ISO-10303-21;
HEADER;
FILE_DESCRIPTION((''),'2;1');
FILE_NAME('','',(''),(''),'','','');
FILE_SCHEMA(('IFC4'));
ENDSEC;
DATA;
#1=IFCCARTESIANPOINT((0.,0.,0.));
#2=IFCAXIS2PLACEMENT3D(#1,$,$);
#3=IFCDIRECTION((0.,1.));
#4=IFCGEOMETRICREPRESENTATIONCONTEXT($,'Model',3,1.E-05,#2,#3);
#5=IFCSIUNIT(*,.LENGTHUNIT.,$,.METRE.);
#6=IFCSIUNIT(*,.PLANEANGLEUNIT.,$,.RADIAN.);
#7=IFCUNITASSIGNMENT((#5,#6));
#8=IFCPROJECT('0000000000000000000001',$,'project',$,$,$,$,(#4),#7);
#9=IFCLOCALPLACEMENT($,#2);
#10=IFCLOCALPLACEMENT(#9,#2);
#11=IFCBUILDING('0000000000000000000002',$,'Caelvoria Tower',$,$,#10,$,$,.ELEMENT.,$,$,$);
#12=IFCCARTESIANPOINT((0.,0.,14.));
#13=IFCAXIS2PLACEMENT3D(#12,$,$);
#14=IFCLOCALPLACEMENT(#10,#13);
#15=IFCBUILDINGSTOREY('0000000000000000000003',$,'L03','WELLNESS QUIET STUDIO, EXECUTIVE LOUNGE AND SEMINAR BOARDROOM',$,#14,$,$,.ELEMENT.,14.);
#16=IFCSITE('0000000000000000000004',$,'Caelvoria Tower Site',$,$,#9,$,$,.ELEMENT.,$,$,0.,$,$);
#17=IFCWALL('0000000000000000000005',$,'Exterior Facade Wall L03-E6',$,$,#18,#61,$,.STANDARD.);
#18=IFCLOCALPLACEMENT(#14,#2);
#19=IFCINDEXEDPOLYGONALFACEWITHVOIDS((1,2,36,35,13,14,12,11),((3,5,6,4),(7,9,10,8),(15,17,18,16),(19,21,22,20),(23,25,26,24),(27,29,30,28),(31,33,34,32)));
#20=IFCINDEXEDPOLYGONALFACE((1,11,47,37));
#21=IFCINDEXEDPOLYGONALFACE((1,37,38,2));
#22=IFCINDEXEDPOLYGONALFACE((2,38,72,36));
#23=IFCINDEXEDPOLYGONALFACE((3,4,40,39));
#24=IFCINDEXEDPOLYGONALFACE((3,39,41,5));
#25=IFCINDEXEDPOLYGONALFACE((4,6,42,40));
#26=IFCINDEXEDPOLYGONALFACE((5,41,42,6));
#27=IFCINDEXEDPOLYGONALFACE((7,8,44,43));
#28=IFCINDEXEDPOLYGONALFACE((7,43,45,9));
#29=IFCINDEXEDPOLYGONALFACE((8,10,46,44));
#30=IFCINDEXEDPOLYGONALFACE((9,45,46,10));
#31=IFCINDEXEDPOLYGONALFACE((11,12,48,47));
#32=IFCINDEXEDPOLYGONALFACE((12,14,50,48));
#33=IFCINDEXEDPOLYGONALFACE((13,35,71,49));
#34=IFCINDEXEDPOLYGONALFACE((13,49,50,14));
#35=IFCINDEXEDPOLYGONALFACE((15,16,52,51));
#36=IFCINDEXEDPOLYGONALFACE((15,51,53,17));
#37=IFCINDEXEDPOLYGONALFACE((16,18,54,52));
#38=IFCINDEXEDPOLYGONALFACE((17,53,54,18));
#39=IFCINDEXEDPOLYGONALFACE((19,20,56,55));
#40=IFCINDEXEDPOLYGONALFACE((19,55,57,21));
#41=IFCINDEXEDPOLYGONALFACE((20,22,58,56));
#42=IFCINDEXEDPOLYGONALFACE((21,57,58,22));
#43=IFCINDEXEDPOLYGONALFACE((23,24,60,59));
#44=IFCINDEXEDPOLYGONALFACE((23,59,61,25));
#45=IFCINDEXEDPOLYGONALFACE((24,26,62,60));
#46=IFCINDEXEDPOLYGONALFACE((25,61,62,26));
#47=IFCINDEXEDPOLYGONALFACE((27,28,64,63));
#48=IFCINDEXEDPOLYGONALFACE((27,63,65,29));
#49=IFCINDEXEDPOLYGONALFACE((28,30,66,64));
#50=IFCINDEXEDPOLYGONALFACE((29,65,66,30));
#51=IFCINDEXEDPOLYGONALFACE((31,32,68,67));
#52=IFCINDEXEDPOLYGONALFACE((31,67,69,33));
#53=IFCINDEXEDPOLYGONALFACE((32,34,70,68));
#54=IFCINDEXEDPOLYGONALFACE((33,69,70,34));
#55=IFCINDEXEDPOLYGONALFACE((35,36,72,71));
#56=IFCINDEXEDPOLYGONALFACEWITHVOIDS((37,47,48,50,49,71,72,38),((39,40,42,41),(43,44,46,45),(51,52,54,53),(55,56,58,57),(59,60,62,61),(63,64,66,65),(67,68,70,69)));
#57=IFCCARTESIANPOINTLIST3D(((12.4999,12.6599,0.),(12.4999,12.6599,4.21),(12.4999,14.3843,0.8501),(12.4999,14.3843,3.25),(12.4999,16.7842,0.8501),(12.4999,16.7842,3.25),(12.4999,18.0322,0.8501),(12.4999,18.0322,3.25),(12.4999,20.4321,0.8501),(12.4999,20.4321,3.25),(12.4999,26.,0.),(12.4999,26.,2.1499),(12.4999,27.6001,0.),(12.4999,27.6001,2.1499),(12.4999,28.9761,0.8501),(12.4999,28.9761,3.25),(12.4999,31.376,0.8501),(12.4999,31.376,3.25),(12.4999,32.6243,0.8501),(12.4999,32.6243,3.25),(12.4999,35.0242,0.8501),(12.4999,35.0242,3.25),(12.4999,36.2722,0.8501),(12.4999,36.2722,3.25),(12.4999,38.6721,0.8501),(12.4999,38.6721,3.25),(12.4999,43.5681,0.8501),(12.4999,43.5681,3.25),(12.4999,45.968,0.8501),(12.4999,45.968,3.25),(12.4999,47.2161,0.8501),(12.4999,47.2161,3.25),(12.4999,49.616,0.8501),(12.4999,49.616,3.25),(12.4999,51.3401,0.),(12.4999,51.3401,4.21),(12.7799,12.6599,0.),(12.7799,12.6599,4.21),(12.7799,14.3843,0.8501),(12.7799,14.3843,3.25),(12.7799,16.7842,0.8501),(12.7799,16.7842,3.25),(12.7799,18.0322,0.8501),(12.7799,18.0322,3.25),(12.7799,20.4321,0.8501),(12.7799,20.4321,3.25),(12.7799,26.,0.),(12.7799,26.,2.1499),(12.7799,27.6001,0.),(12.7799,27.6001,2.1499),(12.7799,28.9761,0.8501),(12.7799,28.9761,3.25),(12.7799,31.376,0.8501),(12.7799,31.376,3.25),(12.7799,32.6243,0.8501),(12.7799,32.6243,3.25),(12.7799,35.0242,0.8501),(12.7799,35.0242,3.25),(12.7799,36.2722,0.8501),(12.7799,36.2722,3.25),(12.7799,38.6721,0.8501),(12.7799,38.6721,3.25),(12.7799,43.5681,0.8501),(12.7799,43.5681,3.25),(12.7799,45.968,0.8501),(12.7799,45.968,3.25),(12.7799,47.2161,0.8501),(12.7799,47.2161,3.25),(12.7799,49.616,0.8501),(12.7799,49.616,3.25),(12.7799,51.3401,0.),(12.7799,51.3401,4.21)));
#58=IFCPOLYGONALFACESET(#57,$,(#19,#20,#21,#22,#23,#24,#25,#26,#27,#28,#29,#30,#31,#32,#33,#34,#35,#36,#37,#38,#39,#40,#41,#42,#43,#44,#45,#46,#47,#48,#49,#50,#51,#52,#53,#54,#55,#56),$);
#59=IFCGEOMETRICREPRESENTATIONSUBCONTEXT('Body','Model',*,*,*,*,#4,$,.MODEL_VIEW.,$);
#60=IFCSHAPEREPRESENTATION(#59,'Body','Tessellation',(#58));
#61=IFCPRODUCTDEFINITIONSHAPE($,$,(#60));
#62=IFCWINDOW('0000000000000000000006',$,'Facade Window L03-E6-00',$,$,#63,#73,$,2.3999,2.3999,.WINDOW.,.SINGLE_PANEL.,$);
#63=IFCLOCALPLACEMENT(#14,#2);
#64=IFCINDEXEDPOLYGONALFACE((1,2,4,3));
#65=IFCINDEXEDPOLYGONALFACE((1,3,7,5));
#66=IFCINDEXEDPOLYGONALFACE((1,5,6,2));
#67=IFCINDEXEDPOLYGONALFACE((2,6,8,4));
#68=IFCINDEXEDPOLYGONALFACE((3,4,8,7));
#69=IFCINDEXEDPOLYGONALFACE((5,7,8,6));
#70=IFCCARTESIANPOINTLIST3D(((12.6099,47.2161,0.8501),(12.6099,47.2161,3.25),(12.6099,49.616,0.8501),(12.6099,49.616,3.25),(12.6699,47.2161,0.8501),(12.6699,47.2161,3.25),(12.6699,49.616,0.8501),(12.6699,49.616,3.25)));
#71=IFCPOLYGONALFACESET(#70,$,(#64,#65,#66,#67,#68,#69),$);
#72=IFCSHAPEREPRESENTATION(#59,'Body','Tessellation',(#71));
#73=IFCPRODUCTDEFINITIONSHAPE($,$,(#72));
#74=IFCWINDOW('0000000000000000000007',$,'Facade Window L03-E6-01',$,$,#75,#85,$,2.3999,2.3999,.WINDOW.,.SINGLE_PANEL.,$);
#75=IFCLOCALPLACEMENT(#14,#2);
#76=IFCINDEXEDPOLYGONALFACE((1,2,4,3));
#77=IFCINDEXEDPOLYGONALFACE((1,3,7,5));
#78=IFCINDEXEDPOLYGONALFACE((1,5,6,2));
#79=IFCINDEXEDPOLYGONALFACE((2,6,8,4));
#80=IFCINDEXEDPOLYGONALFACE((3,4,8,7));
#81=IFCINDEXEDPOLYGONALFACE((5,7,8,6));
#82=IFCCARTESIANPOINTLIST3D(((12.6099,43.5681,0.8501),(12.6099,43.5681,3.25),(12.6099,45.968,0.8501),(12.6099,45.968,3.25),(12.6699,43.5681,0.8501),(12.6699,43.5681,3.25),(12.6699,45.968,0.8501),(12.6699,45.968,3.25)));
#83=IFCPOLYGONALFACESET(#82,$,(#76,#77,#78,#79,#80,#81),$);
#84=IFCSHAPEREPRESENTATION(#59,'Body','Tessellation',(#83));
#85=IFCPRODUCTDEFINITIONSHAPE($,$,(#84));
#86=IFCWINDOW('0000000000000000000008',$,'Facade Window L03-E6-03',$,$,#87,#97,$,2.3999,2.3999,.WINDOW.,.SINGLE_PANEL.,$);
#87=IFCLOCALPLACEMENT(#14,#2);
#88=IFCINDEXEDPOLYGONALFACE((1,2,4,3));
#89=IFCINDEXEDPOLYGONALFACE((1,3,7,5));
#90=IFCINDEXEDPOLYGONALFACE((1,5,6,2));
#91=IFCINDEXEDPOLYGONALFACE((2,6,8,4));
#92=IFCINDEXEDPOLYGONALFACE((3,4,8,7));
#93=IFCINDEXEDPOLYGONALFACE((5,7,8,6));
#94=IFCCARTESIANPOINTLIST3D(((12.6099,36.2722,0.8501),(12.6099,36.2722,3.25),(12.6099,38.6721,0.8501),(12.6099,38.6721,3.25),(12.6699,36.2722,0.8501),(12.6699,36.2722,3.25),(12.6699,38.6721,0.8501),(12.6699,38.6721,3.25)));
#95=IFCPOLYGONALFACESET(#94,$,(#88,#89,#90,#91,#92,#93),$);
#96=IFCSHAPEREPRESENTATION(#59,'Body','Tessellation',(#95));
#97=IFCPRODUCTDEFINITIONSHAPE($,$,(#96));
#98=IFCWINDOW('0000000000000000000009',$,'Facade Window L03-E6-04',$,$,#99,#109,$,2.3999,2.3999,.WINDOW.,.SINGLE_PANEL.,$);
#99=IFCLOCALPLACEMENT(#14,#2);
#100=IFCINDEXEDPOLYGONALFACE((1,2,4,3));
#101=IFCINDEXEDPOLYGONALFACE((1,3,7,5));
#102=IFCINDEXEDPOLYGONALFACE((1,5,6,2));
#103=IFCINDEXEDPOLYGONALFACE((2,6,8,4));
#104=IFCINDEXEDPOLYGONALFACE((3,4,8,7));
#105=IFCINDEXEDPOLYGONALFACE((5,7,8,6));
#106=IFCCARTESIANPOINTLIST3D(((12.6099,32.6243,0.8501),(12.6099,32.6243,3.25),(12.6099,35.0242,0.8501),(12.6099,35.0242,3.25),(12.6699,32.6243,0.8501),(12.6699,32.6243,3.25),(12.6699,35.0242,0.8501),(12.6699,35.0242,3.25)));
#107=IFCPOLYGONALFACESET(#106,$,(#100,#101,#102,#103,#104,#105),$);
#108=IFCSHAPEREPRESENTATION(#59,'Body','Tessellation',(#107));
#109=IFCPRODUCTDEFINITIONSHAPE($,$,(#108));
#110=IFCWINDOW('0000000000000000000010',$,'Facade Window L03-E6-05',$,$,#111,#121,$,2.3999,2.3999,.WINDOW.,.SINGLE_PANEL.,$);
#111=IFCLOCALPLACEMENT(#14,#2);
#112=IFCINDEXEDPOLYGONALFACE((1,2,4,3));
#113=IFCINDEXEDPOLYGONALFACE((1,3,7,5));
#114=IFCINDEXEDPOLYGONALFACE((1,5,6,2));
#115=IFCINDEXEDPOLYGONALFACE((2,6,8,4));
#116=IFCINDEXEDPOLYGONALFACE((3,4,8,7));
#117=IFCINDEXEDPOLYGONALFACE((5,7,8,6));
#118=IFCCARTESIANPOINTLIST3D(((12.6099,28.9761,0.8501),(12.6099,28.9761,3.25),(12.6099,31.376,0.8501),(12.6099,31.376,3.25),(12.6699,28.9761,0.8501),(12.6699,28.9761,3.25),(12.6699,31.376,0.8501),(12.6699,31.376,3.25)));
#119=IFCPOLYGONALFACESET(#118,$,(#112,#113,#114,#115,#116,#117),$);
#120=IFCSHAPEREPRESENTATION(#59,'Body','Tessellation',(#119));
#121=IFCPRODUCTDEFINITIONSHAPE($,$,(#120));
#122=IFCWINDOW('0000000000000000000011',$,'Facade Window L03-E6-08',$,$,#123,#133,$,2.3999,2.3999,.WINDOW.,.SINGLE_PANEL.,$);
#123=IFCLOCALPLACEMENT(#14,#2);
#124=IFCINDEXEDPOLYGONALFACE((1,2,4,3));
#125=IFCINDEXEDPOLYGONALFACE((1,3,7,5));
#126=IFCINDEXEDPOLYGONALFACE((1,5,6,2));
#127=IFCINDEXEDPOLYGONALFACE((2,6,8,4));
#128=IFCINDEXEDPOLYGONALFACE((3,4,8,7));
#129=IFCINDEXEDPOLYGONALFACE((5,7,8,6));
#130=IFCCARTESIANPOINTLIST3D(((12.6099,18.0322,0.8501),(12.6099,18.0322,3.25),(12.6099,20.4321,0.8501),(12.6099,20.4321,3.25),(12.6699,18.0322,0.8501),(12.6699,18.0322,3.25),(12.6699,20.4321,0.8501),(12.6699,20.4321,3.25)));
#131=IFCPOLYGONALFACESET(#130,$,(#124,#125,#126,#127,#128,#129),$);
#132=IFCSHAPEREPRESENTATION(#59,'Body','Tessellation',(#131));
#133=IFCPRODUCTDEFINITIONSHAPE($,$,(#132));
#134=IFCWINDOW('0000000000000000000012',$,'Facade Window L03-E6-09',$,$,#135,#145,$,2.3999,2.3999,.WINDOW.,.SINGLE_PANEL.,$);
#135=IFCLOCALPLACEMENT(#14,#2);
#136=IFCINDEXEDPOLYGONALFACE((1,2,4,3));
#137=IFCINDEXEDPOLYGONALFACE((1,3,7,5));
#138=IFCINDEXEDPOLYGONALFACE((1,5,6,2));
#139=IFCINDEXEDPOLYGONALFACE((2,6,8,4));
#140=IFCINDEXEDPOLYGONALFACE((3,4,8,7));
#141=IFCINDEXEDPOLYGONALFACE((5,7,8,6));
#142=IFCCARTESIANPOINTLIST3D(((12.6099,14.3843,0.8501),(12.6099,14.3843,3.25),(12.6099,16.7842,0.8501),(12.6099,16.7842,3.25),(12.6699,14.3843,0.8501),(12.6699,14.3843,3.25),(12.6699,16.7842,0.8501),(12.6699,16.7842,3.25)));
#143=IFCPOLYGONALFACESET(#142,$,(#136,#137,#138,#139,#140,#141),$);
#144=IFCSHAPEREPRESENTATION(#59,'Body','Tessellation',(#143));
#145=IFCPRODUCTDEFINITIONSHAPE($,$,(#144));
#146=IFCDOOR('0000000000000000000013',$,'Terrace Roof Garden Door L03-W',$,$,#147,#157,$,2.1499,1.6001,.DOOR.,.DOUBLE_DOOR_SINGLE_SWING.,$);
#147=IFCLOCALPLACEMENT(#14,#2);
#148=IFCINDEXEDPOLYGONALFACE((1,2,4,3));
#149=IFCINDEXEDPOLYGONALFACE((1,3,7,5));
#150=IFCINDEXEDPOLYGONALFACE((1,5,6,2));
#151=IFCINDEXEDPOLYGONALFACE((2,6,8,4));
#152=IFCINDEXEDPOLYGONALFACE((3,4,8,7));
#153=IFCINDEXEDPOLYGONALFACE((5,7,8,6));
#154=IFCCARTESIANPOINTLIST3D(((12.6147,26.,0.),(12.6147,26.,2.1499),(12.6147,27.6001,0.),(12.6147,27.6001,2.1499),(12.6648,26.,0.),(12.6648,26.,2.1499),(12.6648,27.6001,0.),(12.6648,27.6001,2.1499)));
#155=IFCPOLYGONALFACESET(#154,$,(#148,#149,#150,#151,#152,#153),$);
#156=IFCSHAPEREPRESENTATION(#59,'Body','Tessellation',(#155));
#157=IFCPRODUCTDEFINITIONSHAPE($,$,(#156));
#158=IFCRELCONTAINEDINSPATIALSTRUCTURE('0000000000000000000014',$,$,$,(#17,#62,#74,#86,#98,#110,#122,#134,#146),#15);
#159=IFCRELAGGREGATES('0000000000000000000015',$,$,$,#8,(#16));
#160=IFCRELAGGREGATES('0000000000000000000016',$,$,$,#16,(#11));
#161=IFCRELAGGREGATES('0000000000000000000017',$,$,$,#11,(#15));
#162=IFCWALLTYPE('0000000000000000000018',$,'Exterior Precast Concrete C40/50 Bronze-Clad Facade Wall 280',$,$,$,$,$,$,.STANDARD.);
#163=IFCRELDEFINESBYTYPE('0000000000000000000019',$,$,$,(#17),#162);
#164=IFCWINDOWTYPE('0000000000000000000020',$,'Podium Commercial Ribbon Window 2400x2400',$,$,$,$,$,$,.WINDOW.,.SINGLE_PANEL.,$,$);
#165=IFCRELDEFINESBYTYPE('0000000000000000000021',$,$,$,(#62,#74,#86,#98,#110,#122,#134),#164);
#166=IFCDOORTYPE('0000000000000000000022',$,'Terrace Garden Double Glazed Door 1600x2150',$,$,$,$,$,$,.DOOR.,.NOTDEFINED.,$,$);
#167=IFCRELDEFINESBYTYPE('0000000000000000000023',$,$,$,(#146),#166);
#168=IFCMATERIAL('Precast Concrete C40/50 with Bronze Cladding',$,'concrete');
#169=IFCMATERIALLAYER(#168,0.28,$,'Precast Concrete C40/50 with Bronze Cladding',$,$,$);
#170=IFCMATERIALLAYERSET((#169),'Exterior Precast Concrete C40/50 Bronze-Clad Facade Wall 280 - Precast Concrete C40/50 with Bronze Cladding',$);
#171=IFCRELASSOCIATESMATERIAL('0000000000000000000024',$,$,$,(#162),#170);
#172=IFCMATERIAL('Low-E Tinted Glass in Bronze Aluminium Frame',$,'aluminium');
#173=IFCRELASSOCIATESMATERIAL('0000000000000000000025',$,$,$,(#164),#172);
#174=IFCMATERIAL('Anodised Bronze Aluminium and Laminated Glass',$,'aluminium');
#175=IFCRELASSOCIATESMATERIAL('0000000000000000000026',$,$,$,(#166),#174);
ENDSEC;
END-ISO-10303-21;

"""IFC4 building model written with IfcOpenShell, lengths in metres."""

from ifc_helpers import new_model, si_unit, direction, frame, frame_2d, origin, place, context, subcontext, project, spatial, rectangle, extrude, material, layer, layer_set, type_object, element, fill, save


model = new_model("IFC4")

# Units and contexts
model_context = context("Model", 3, precision=1e-05, world=origin(), true_north=direction((0.0, 1.0)))
body_context = subcontext(model_context, "Body", "Model", "MODEL_VIEW")
ifc_project = project(units=[si_unit("LENGTHUNIT", "METRE"), si_unit("PLANEANGLEUNIT", "RADIAN")], contexts=[model_context])

# Site, building, storey
site_placement = place(None, origin())
site = spatial("IfcSite", under=ifc_project, at=site_placement, Name="Caelvoria Tower Site", CompositionType="ELEMENT", RefElevation=0.0)
building_placement = place(site_placement, origin())
building = spatial("IfcBuilding", under=site, at=building_placement, Name="Caelvoria Tower", CompositionType="ELEMENT")
storey_placement = place(building_placement, frame((0.0, 0.0, 14.0)))
storey = spatial("IfcBuildingStorey", under=building, at=storey_placement, Name="L03", Description="WELLNESS QUIET STUDIO, EXECUTIVE LOUNGE AND SEMINAR BOARDROOM", CompositionType="ELEMENT", Elevation=14.0)

# Shared definitions
ifc_material_1 = material(Name="Precast Concrete C40/50 with Bronze Cladding", Category="concrete")
ifc_layer_1 = layer(ifc_material_1, 0.28, Name="Precast Concrete C40/50 with Bronze Cladding")
ifc_layer_set_1 = layer_set([ifc_layer_1], Name="Exterior Precast Concrete C40/50 Bronze-Clad Facade Wall 280 - Precast Concrete C40/50 with Bronze Cladding")
wall_type_1 = type_object("IfcWallType", Name="Exterior Precast Concrete C40/50 Bronze-Clad Facade Wall 280", PredefinedType="STANDARD", material=ifc_layer_set_1)
ifc_material_2 = material(Name="Low-E Tinted Glass in Bronze Aluminium Frame", Category="aluminium")

# Wall, openings, windows, door
wall_1_placement = place(storey_placement, frame((12.6399, 51.3401, 0.0), z_axis=(0.0, 0.0, 1.0), x_axis=(0.0, -1.0, 0.0)))
wall_1 = element("IfcWall", 1, at=wall_1_placement, inside=storey, type_object=wall_type_1, Name="Exterior Facade Wall L03-E6", PredefinedType="STANDARD", context=body_context, shape_type="SweptSolid", body=[
    extrude(rectangle(XDim=38.6802, YDim=0.28, at=frame_2d((19.3401, 0.0))), origin(), (0.0, 0.0, 1.0), 4.21),
])
opening_1_placement = place(wall_1_placement, frame((23.74, 0.0, 0.0)))
opening_1 = element("IfcOpeningElement", 2, at=opening_1_placement, cuts=wall_1, PredefinedType="OPENING", context=body_context, shape_type="SweptSolid", body=[
    extrude(rectangle(XDim=1.6001, YDim=2.1499, at=frame_2d((0.8, 1.075))), frame((0.0, 0.1499, 0.0), z_axis=(0.0, -1.0, 0.0), x_axis=(1.0, 0.0, 0.0)), (0.0, 0.0, 1.0), 0.3),
])
opening_2_placement = place(wall_1_placement, frame((1.7241, 0.0, 0.8501)))
opening_2 = element("IfcOpeningElement", 3, at=opening_2_placement, cuts=wall_1, PredefinedType="OPENING", context=body_context, shape_type="SweptSolid", body=[
    extrude(rectangle(XDim=2.3999, YDim=2.3999, at=frame_2d((1.2, 1.2))), frame((0.0, 0.1499, 0.0), z_axis=(0.0, -1.0, 0.0), x_axis=(1.0, 0.0, 0.0)), (0.0, 0.0, 1.0), 0.3),
])
opening_3_placement = place(wall_1_placement, frame((5.3721, 0.0, 0.8501)))
opening_3 = element("IfcOpeningElement", 4, at=opening_3_placement, cuts=wall_1, PredefinedType="OPENING", context=body_context, shape_type="SweptSolid", body=[
    extrude(rectangle(XDim=2.3999, YDim=2.3999, at=frame_2d((1.2, 1.2))), frame((0.0, 0.1499, 0.0), z_axis=(0.0, -1.0, 0.0), x_axis=(1.0, 0.0, 0.0)), (0.0, 0.0, 1.0), 0.3),
])
opening_4_placement = place(wall_1_placement, frame((12.668, 0.0, 0.8501)))
opening_4 = element("IfcOpeningElement", 5, at=opening_4_placement, cuts=wall_1, PredefinedType="OPENING", context=body_context, shape_type="SweptSolid", body=[
    extrude(rectangle(XDim=2.3999, YDim=2.3999, at=frame_2d((1.2, 1.2))), frame((0.0, 0.1499, 0.0), z_axis=(0.0, -1.0, 0.0), x_axis=(1.0, 0.0, 0.0)), (0.0, 0.0, 1.0), 0.3),
])
opening_5_placement = place(wall_1_placement, frame((16.3159, 0.0, 0.8501)))
opening_5 = element("IfcOpeningElement", 6, at=opening_5_placement, cuts=wall_1, PredefinedType="OPENING", context=body_context, shape_type="SweptSolid", body=[
    extrude(rectangle(XDim=2.3999, YDim=2.3999, at=frame_2d((1.2, 1.2))), frame((0.0, 0.1499, 0.0), z_axis=(0.0, -1.0, 0.0), x_axis=(1.0, 0.0, 0.0)), (0.0, 0.0, 1.0), 0.3),
])
opening_6_placement = place(wall_1_placement, frame((19.9641, 0.0, 0.8501)))
opening_6 = element("IfcOpeningElement", 7, at=opening_6_placement, cuts=wall_1, PredefinedType="OPENING", context=body_context, shape_type="SweptSolid", body=[
    extrude(rectangle(XDim=2.3999, YDim=2.3999, at=frame_2d((1.2, 1.2))), frame((0.0, 0.1499, 0.0), z_axis=(0.0, -1.0, 0.0), x_axis=(1.0, 0.0, 0.0)), (0.0, 0.0, 1.0), 0.3),
])
opening_7_placement = place(wall_1_placement, frame((30.908, 0.0, 0.8501)))
opening_7 = element("IfcOpeningElement", 8, at=opening_7_placement, cuts=wall_1, PredefinedType="OPENING", context=body_context, shape_type="SweptSolid", body=[
    extrude(rectangle(XDim=2.3999, YDim=2.3999, at=frame_2d((1.2, 1.2))), frame((0.0, 0.1499, 0.0), z_axis=(0.0, -1.0, 0.0), x_axis=(1.0, 0.0, 0.0)), (0.0, 0.0, 1.0), 0.3),
])
opening_8_placement = place(wall_1_placement, frame((34.5559, 0.0, 0.8501)))
opening_8 = element("IfcOpeningElement", 9, at=opening_8_placement, cuts=wall_1, PredefinedType="OPENING", context=body_context, shape_type="SweptSolid", body=[
    extrude(rectangle(XDim=2.3999, YDim=2.3999, at=frame_2d((1.2, 1.2))), frame((0.0, 0.1499, 0.0), z_axis=(0.0, -1.0, 0.0), x_axis=(1.0, 0.0, 0.0)), (0.0, 0.0, 1.0), 0.3),
])
window_type_1 = type_object("IfcWindowType", Name="Podium Commercial Ribbon Window 2400x2400", PartitioningType="SINGLE_PANEL", PredefinedType="WINDOW", material=ifc_material_2)
window_1_placement = place(opening_2_placement, origin())
window_1 = element("IfcWindow", 10, at=window_1_placement, inside=storey, type_object=window_type_1, Name="Facade Window L03-E6-00", OverallHeight=2.3999, OverallWidth=2.3999, PartitioningType="SINGLE_PANEL", PredefinedType="WINDOW", context=body_context, shape_type="SweptSolid", body=[
    extrude(rectangle(XDim=2.3999, YDim=2.3999, at=frame_2d((1.2, 1.2))), frame((0.0, 0.03, 0.0), z_axis=(0.0, -1.0, 0.0), x_axis=(1.0, 0.0, 0.0)), (0.0, 0.0, 1.0), 0.0601),
])
fill(opening_2, window_1)
window_2_placement = place(opening_3_placement, origin())
window_2 = element("IfcWindow", 11, at=window_2_placement, inside=storey, type_object=window_type_1, Name="Facade Window L03-E6-01", OverallHeight=2.3999, OverallWidth=2.3999, PartitioningType="SINGLE_PANEL", PredefinedType="WINDOW", context=body_context, shape_type="SweptSolid", body=[
    extrude(rectangle(XDim=2.3999, YDim=2.3999, at=frame_2d((1.2, 1.2))), frame((0.0, 0.03, 0.0), z_axis=(0.0, -1.0, 0.0), x_axis=(1.0, 0.0, 0.0)), (0.0, 0.0, 1.0), 0.0601),
])
fill(opening_3, window_2)
window_3_placement = place(opening_4_placement, origin())
window_3 = element("IfcWindow", 12, at=window_3_placement, inside=storey, type_object=window_type_1, Name="Facade Window L03-E6-03", OverallHeight=2.3999, OverallWidth=2.3999, PartitioningType="SINGLE_PANEL", PredefinedType="WINDOW", context=body_context, shape_type="SweptSolid", body=[
    extrude(rectangle(XDim=2.3999, YDim=2.3999, at=frame_2d((1.2, 1.2))), frame((0.0, 0.03, 0.0), z_axis=(0.0, -1.0, 0.0), x_axis=(1.0, 0.0, 0.0)), (0.0, 0.0, 1.0), 0.0601),
])
fill(opening_4, window_3)
window_4_placement = place(opening_5_placement, origin())
window_4 = element("IfcWindow", 13, at=window_4_placement, inside=storey, type_object=window_type_1, Name="Facade Window L03-E6-04", OverallHeight=2.3999, OverallWidth=2.3999, PartitioningType="SINGLE_PANEL", PredefinedType="WINDOW", context=body_context, shape_type="SweptSolid", body=[
    extrude(rectangle(XDim=2.3999, YDim=2.3999, at=frame_2d((1.2, 1.2))), frame((0.0, 0.03, 0.0), z_axis=(0.0, -1.0, 0.0), x_axis=(1.0, 0.0, 0.0)), (0.0, 0.0, 1.0), 0.0601),
])
fill(opening_5, window_4)
window_5_placement = place(opening_6_placement, origin())
window_5 = element("IfcWindow", 14, at=window_5_placement, inside=storey, type_object=window_type_1, Name="Facade Window L03-E6-05", OverallHeight=2.3999, OverallWidth=2.3999, PartitioningType="SINGLE_PANEL", PredefinedType="WINDOW", context=body_context, shape_type="SweptSolid", body=[
    extrude(rectangle(XDim=2.3999, YDim=2.3999, at=frame_2d((1.2, 1.2))), frame((0.0, 0.03, 0.0), z_axis=(0.0, -1.0, 0.0), x_axis=(1.0, 0.0, 0.0)), (0.0, 0.0, 1.0), 0.0601),
])
fill(opening_6, window_5)
window_6_placement = place(opening_7_placement, origin())
window_6 = element("IfcWindow", 15, at=window_6_placement, inside=storey, type_object=window_type_1, Name="Facade Window L03-E6-08", OverallHeight=2.3999, OverallWidth=2.3999, PartitioningType="SINGLE_PANEL", PredefinedType="WINDOW", context=body_context, shape_type="SweptSolid", body=[
    extrude(rectangle(XDim=2.3999, YDim=2.3999, at=frame_2d((1.2, 1.2))), frame((0.0, 0.03, 0.0), z_axis=(0.0, -1.0, 0.0), x_axis=(1.0, 0.0, 0.0)), (0.0, 0.0, 1.0), 0.0601),
])
fill(opening_7, window_6)
window_7_placement = place(opening_8_placement, origin())
window_7 = element("IfcWindow", 16, at=window_7_placement, inside=storey, type_object=window_type_1, Name="Facade Window L03-E6-09", OverallHeight=2.3999, OverallWidth=2.3999, PartitioningType="SINGLE_PANEL", PredefinedType="WINDOW", context=body_context, shape_type="SweptSolid", body=[
    extrude(rectangle(XDim=2.3999, YDim=2.3999, at=frame_2d((1.2, 1.2))), frame((0.0, 0.03, 0.0), z_axis=(0.0, -1.0, 0.0), x_axis=(1.0, 0.0, 0.0)), (0.0, 0.0, 1.0), 0.0601),
])
fill(opening_8, window_7)
ifc_material_3 = material(Name="Anodised Bronze Aluminium and Laminated Glass", Category="aluminium")
door_type = type_object("IfcDoorType", Name="Terrace Garden Double Glazed Door 1600x2150", OperationType="NOTDEFINED", PredefinedType="DOOR", material=ifc_material_3)
door_placement = place(opening_1_placement, origin())
door = element("IfcDoor", 17, at=door_placement, inside=storey, type_object=door_type, Name="Terrace Roof Garden Door L03-W", OperationType="DOUBLE_DOOR_SINGLE_SWING", OverallHeight=2.1499, OverallWidth=1.6001, PredefinedType="DOOR", context=body_context, shape_type="SweptSolid", body=[
    extrude(rectangle(XDim=1.6001, YDim=2.1499, at=frame_2d((0.8, 1.075))), frame((0.0, 0.0249, 0.0), z_axis=(0.0, -1.0, 0.0), x_axis=(1.0, 0.0, 0.0)), (0.0, 0.0, 1.0), 0.05),
])
fill(opening_1, door)

save(model, "model.ifc")
